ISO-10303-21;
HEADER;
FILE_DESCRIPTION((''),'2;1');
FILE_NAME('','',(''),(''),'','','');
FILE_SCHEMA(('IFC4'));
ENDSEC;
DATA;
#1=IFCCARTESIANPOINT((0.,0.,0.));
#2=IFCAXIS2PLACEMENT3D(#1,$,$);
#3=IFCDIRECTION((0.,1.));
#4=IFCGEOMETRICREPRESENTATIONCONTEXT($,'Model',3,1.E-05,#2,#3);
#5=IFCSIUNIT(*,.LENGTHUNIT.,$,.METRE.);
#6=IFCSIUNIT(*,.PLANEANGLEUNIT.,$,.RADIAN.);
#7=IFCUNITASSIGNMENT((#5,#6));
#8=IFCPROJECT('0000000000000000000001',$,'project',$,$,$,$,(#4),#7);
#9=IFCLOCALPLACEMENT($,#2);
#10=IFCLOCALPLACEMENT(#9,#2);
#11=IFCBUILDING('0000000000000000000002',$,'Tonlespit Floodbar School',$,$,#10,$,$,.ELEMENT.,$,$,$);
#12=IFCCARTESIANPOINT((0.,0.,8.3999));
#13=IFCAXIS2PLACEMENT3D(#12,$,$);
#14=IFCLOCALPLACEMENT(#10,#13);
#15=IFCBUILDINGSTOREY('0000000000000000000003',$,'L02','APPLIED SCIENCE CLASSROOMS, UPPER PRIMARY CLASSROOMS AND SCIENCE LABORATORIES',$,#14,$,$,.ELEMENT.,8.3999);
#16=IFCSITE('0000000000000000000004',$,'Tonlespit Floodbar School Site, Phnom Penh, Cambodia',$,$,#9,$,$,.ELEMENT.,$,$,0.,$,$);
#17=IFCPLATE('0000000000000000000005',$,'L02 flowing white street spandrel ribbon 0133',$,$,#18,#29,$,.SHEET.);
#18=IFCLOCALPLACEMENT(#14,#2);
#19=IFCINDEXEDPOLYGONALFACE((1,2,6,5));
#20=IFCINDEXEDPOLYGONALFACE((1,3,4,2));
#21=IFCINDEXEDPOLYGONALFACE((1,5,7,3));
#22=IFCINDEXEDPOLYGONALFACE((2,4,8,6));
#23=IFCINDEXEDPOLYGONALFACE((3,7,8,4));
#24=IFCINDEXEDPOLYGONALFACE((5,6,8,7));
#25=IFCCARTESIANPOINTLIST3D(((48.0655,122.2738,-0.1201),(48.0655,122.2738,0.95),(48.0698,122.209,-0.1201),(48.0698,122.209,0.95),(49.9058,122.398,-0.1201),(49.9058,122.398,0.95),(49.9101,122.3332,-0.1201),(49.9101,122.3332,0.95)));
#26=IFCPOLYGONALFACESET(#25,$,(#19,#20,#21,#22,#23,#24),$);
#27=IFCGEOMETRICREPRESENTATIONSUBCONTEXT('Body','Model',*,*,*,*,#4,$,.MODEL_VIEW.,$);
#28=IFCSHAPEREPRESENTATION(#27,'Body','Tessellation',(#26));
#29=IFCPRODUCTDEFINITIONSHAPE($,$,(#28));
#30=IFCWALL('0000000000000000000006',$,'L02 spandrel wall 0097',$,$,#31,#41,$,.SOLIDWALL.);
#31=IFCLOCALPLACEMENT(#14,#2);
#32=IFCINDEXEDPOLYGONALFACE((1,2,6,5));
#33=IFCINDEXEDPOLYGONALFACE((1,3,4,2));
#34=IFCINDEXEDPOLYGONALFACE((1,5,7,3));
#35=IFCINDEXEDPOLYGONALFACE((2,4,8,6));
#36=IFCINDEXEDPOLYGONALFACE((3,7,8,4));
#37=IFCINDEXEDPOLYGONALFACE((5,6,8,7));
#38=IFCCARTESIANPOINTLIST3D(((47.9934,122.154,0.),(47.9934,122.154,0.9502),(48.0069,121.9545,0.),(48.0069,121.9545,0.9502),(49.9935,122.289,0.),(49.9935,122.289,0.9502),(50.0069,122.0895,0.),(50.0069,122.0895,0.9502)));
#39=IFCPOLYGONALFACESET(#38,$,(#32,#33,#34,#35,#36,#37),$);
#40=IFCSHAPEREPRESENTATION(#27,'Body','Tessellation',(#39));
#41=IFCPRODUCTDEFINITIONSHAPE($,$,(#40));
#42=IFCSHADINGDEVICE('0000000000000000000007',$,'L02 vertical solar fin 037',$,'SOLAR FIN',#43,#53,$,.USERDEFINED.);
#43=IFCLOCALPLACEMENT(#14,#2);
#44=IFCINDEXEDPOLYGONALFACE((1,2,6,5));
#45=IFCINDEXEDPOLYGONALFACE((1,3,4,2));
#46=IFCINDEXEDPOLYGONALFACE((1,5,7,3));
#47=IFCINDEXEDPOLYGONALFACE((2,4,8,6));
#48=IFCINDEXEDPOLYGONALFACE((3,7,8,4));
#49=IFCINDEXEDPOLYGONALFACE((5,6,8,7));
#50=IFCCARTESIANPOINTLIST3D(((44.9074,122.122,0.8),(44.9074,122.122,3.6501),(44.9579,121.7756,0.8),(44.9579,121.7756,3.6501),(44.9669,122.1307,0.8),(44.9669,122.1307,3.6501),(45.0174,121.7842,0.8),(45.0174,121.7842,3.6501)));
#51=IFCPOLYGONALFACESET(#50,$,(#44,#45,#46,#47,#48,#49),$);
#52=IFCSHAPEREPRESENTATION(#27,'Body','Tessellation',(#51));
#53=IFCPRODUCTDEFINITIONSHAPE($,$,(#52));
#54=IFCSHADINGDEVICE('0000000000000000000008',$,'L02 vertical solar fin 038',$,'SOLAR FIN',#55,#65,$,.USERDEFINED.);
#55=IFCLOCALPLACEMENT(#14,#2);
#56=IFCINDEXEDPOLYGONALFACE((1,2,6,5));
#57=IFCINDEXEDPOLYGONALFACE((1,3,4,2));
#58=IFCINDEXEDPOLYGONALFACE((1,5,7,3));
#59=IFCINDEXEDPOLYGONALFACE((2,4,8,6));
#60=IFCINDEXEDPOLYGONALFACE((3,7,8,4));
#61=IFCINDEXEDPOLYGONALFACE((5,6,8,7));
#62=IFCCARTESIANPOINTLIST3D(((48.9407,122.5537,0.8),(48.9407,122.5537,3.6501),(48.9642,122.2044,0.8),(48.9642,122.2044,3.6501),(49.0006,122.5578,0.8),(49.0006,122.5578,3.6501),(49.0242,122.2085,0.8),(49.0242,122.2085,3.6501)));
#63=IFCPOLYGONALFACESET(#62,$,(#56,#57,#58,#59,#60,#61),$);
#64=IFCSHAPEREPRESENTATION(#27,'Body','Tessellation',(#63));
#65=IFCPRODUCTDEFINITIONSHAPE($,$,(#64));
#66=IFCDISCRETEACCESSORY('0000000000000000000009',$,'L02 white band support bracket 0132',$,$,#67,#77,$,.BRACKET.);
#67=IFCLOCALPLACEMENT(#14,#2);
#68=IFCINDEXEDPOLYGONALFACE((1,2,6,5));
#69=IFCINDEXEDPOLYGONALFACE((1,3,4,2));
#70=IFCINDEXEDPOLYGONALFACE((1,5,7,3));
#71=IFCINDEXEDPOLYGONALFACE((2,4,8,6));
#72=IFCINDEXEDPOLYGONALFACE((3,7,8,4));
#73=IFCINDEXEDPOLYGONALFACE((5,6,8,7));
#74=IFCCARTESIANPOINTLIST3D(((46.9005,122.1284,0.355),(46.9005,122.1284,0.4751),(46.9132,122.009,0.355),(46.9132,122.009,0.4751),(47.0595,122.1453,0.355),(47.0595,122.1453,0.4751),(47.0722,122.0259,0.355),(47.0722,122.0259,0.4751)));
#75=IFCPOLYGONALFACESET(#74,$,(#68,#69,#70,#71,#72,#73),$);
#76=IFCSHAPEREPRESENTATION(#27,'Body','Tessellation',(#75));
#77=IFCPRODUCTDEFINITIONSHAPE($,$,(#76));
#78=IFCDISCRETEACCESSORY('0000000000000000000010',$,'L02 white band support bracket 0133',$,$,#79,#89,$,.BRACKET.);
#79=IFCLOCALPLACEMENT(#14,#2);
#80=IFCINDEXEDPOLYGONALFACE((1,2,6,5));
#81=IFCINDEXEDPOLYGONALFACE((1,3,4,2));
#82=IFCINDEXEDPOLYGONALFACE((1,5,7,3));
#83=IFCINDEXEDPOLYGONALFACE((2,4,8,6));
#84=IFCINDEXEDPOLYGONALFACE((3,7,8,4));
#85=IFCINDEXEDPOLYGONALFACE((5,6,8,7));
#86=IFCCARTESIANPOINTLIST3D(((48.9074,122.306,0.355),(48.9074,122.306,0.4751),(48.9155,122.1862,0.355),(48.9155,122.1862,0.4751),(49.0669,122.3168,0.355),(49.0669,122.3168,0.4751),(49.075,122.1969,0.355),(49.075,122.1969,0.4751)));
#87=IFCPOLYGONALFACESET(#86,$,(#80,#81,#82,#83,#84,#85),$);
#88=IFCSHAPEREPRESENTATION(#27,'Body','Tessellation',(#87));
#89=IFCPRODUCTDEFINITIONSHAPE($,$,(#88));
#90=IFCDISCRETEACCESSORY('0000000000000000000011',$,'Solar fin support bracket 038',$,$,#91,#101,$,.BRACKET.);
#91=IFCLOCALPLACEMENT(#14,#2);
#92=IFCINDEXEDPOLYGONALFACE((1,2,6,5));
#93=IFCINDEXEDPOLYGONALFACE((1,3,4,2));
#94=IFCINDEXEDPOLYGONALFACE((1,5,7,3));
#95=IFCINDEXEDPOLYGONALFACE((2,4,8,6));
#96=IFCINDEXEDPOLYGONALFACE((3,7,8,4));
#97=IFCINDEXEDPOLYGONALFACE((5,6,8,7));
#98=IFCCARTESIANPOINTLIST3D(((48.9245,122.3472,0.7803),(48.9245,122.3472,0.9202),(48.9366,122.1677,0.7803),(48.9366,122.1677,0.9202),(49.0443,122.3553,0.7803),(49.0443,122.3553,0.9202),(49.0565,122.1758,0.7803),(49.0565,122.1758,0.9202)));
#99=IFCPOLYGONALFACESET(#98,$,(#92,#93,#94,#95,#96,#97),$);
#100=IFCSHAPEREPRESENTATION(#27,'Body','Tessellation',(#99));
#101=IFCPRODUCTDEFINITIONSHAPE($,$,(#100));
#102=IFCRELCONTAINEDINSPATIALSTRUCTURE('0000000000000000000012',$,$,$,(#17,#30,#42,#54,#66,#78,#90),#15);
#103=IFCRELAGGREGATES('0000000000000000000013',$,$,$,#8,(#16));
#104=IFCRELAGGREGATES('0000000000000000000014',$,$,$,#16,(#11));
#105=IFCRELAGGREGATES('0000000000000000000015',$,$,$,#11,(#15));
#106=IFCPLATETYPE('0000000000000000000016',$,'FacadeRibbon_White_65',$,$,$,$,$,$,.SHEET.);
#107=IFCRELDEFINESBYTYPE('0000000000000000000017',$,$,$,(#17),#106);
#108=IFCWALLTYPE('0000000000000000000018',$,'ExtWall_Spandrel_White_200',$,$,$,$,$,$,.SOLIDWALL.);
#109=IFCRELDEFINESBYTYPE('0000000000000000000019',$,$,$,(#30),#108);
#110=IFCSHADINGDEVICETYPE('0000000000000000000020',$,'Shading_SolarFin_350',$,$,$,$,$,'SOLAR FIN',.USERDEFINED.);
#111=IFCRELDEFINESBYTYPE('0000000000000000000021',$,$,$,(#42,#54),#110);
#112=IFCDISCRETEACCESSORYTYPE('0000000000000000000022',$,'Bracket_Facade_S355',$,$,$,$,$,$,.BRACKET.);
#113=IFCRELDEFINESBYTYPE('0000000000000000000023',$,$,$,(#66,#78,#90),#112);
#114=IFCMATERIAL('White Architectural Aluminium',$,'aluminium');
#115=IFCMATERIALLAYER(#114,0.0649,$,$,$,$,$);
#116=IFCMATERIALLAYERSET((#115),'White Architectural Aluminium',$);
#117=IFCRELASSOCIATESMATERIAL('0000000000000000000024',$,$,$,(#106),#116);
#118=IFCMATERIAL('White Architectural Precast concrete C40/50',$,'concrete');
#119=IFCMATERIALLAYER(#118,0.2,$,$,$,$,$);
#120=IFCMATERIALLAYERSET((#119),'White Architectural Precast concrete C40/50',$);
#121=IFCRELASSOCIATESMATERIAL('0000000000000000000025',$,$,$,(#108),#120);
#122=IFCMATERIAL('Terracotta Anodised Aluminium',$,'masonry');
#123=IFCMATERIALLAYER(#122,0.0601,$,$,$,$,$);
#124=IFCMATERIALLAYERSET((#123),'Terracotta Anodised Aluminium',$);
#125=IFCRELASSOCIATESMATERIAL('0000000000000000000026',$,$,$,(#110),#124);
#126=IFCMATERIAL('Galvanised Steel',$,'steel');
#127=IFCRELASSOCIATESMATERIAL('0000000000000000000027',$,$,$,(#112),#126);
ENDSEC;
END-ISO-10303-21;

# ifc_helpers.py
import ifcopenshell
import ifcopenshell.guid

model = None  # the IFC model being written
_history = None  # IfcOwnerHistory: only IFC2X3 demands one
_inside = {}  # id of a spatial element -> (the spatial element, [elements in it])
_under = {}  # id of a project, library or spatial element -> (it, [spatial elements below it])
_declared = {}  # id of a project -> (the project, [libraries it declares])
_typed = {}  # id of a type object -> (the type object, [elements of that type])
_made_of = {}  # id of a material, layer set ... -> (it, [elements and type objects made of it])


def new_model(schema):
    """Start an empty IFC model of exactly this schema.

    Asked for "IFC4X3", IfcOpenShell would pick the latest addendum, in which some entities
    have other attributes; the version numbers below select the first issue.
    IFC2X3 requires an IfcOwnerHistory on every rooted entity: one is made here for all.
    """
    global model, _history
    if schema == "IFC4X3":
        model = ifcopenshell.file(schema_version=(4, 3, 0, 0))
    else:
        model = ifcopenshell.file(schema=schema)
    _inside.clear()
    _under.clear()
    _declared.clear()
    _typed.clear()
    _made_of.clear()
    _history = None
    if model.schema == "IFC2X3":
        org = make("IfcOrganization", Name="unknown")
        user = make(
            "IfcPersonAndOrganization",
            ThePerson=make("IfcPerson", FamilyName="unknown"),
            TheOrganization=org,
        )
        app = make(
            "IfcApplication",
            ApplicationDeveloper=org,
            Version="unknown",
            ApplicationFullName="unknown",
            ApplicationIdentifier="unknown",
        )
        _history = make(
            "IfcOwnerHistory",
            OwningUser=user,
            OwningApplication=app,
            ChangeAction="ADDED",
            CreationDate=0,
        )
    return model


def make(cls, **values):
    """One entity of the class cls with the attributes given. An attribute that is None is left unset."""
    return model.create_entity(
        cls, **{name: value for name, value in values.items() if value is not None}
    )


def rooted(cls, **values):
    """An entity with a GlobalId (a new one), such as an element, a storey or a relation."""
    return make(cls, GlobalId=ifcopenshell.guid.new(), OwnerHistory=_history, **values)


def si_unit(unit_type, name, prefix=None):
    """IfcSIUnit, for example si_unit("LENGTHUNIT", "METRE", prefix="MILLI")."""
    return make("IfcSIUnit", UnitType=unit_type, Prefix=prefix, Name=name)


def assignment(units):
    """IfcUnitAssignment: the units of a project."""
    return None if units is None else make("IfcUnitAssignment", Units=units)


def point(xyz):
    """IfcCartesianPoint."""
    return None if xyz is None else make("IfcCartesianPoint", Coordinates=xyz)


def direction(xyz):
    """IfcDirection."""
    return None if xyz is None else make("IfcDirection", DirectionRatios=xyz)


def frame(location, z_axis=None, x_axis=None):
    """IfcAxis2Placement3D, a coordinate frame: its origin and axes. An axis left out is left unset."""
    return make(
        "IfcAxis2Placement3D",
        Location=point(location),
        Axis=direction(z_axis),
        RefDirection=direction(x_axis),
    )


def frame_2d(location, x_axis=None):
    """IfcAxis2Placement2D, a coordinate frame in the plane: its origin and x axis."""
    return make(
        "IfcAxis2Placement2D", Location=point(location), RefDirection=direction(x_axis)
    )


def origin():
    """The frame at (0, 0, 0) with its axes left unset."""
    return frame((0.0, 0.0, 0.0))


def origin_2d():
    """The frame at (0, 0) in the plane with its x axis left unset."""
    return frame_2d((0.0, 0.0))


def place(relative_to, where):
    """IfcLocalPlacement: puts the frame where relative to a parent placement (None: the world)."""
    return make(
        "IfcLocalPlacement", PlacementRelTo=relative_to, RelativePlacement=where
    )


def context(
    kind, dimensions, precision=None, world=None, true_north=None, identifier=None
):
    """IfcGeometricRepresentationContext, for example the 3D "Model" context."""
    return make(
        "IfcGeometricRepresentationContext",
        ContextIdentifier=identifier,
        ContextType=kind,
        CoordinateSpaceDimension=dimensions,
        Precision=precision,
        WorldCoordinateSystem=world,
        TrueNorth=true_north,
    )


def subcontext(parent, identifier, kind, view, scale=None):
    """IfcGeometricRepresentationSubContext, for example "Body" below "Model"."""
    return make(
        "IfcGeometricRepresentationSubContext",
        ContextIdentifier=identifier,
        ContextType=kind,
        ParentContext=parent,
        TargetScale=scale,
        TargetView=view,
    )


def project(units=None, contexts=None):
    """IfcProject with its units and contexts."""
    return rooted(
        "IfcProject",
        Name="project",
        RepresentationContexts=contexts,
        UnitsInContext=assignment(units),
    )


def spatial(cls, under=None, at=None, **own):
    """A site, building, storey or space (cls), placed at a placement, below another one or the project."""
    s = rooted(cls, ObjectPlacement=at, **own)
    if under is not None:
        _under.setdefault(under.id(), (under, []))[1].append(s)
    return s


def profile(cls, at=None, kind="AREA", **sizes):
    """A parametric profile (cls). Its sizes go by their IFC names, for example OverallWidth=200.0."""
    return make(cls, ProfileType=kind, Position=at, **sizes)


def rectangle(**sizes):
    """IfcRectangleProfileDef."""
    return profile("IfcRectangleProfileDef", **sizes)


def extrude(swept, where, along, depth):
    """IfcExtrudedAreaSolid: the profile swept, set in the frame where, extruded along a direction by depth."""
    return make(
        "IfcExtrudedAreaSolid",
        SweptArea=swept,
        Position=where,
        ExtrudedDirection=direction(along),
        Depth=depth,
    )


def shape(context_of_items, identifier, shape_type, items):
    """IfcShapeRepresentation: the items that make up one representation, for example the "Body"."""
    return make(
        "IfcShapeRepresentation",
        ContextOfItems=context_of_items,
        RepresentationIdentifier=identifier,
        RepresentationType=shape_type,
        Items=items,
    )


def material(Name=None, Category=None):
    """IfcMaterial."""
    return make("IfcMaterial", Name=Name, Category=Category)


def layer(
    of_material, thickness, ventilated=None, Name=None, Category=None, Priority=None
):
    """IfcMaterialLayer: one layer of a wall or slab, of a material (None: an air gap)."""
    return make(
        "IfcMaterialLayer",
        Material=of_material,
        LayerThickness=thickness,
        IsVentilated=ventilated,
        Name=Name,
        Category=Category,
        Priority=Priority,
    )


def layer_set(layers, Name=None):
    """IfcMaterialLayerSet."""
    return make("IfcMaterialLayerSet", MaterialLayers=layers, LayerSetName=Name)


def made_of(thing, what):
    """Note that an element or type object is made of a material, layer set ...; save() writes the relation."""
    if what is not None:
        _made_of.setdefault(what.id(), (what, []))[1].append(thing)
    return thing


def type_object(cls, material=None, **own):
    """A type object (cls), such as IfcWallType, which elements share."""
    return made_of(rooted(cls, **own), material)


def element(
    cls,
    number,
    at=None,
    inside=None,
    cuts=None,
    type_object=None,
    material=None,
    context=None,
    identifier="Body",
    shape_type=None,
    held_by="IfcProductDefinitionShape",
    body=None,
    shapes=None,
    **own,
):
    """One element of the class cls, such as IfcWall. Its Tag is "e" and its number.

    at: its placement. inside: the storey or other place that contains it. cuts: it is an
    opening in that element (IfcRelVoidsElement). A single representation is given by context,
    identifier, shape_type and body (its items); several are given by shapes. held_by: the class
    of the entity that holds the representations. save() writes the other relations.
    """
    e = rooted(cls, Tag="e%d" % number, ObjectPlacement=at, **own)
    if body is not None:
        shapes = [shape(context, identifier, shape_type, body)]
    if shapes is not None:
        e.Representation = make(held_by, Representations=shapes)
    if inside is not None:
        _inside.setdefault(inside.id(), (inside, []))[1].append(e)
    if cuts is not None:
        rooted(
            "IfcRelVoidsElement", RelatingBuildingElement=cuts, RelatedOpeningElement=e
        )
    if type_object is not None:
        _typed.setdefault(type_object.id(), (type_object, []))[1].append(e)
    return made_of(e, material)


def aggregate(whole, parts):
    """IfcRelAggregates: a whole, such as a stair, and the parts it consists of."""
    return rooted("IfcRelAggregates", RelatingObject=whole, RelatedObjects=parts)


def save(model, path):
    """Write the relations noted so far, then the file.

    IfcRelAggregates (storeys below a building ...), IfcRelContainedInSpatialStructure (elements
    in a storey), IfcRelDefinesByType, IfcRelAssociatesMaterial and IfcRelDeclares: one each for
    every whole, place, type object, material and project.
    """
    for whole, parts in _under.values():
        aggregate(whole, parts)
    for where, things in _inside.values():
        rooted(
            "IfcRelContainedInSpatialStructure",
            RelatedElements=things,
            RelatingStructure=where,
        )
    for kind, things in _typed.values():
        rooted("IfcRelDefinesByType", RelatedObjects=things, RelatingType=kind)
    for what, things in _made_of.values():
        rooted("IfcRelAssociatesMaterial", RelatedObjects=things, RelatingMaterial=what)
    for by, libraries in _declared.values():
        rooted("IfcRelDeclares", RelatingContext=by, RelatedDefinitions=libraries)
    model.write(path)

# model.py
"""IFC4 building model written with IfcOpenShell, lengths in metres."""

from ifc_helpers import new_model, si_unit, direction, frame, frame_2d, origin, origin_2d, place, context, subcontext, project, spatial, rectangle, extrude, material, layer, layer_set, type_object, element, save


model = new_model("IFC4")

# Units and contexts
model_context = context("Model", 3, precision=1e-05, world=origin(), true_north=direction((0.0, 1.0)))
body_context = subcontext(model_context, "Body", "Model", "MODEL_VIEW")
ifc_project = project(units=[si_unit("LENGTHUNIT", "METRE"), si_unit("PLANEANGLEUNIT", "RADIAN")], contexts=[model_context])

# Site, building, storey
site_placement = place(None, origin())
site = spatial("IfcSite", under=ifc_project, at=site_placement, Name="Tonlespit Floodbar School Site, Phnom Penh, Cambodia", CompositionType="ELEMENT", RefElevation=0.0)
building_placement = place(site_placement, origin())
building = spatial("IfcBuilding", under=site, at=building_placement, Name="Tonlespit Floodbar School", CompositionType="ELEMENT")
storey_placement = place(building_placement, frame((0.0, 0.0, 8.3999)))
storey = spatial("IfcBuildingStorey", under=building, at=storey_placement, Name="L02", Description="APPLIED SCIENCE CLASSROOMS, UPPER PRIMARY CLASSROOMS AND SCIENCE LABORATORIES", CompositionType="ELEMENT", Elevation=8.3999)

# Plate
ifc_material_1 = material(Name="White Architectural Aluminium", Category="aluminium")
ifc_layer_1 = layer(ifc_material_1, 0.0649)
ifc_layer_set_1 = layer_set([ifc_layer_1], Name="White Architectural Aluminium")
plate_type_1 = type_object("IfcPlateType", Name="FacadeRibbon_White_65", PredefinedType="SHEET", material=ifc_layer_set_1)
plate_1_placement = place(storey_placement, frame((48.9878, 122.3035, -0.1201), z_axis=(0.0, 0.0, 1.0), x_axis=(0.99773, 0.067347, 0.0)))
element("IfcPlate", 1, at=plate_1_placement, inside=storey, type_object=plate_type_1, Name="L02 flowing white street spandrel ribbon 0133", PredefinedType="SHEET", context=body_context, shape_type="SweptSolid", body=[
    extrude(rectangle(XDim=1.8445, YDim=0.0649, at=origin_2d()), origin(), (0.0, 0.0, 1.0), 1.0701),
])

# Wall
ifc_material_2 = material(Name="White Architectural Precast concrete C40/50", Category="concrete")
ifc_layer_2 = layer(ifc_material_2, 0.2)
ifc_layer_set_2 = layer_set([ifc_layer_2], Name="White Architectural Precast concrete C40/50")
wall_type = type_object("IfcWallType", Name="ExtWall_Spandrel_White_200", PredefinedType="SOLIDWALL", material=ifc_layer_set_2)
wall_placement = place(storey_placement, frame((48.0, 122.0542, 0.0), z_axis=(0.0, 0.0, 1.0), x_axis=(0.997729, 0.067352, 0.0)))
element("IfcWall", 2, at=wall_placement, inside=storey, type_object=wall_type, Name="L02 spandrel wall 0097", PredefinedType="SOLIDWALL", context=body_context, shape_type="SweptSolid", body=[
    extrude(rectangle(XDim=2.0046, YDim=0.2, at=frame_2d((1.0024, 0.0))), origin(), (0.0, 0.0, 1.0), 0.9502),
])

# Shading devices
ifc_material_3 = material(Name="Terracotta Anodised Aluminium", Category="masonry")
ifc_layer_3 = layer(ifc_material_3, 0.0601)
ifc_layer_set_3 = layer_set([ifc_layer_3], Name="Terracotta Anodised Aluminium")
shading_device_type = type_object("IfcShadingDeviceType", Name="Shading_SolarFin_350", ElementType="SOLAR FIN", PredefinedType="USERDEFINED", material=ifc_layer_set_3)
for number, where, z_axis, x_axis, name in (
    (3, (44.9624, 121.9531, 0.8), (0.0, 0.0, 1.0), (0.989538, 0.144275, 0.0), "L02 vertical solar fin 037"),
    (4, (48.9824, 122.3811, 0.8), (0.0, 0.0, 1.0), (0.99773, 0.067347, 0.0), "L02 vertical solar fin 038"),
):
    element("IfcShadingDevice", number, at=place(storey_placement, frame(where, z_axis=z_axis, x_axis=x_axis)), inside=storey, type_object=shading_device_type, Name=name, ObjectType="SOLAR FIN", PredefinedType="USERDEFINED", context=body_context, shape_type="SweptSolid", body=[
        extrude(rectangle(XDim=0.0601, YDim=0.3501, at=origin_2d()), origin(), (0.0, 0.0, 1.0), 2.8501),
    ])

# Discrete accessories
ifc_material_4 = material(Name="Galvanised Steel", Category="steel")
discrete_accessory_type = type_object("IfcDiscreteAccessoryType", Name="Bracket_Facade_S355", PredefinedType="BRACKET", material=ifc_material_4)
for number, where, z_axis, x_axis, name in (
    (5, (46.9863, 122.0771, 0.355), (0.0, 0.0, 1.0), (0.994392, 0.105754, 0.0), "L02 white band support bracket 0132"),
    (6, (48.9912, 122.2515, 0.355), (0.0, 0.0, 1.0), (0.99773, 0.067347, 0.0), "L02 white band support bracket 0133"),
):
    element("IfcDiscreteAccessory", number, at=place(storey_placement, frame(where, z_axis=z_axis, x_axis=x_axis)), inside=storey, type_object=discrete_accessory_type, Name=name, PredefinedType="BRACKET", context=body_context, shape_type="SweptSolid", body=[
        extrude(rectangle(XDim=0.1599, YDim=0.1201, at=origin_2d()), origin(), (0.0, 0.0, 1.0), 0.1201),
    ])
discrete_accessory_placement = place(storey_placement, frame((48.9905, 122.2615, 0.7803), z_axis=(0.0, 0.0, 1.0), x_axis=(0.99773, 0.067347, 0.0)))
element("IfcDiscreteAccessory", 7, at=discrete_accessory_placement, inside=storey, type_object=discrete_accessory_type, Name="Solar fin support bracket 038", PredefinedType="BRACKET", context=body_context, shape_type="SweptSolid", body=[
    extrude(rectangle(XDim=0.1201, YDim=0.1799, at=origin_2d()), origin(), (0.0, 0.0, 1.0), 0.1399),
])

save(model, "model.ifc")
